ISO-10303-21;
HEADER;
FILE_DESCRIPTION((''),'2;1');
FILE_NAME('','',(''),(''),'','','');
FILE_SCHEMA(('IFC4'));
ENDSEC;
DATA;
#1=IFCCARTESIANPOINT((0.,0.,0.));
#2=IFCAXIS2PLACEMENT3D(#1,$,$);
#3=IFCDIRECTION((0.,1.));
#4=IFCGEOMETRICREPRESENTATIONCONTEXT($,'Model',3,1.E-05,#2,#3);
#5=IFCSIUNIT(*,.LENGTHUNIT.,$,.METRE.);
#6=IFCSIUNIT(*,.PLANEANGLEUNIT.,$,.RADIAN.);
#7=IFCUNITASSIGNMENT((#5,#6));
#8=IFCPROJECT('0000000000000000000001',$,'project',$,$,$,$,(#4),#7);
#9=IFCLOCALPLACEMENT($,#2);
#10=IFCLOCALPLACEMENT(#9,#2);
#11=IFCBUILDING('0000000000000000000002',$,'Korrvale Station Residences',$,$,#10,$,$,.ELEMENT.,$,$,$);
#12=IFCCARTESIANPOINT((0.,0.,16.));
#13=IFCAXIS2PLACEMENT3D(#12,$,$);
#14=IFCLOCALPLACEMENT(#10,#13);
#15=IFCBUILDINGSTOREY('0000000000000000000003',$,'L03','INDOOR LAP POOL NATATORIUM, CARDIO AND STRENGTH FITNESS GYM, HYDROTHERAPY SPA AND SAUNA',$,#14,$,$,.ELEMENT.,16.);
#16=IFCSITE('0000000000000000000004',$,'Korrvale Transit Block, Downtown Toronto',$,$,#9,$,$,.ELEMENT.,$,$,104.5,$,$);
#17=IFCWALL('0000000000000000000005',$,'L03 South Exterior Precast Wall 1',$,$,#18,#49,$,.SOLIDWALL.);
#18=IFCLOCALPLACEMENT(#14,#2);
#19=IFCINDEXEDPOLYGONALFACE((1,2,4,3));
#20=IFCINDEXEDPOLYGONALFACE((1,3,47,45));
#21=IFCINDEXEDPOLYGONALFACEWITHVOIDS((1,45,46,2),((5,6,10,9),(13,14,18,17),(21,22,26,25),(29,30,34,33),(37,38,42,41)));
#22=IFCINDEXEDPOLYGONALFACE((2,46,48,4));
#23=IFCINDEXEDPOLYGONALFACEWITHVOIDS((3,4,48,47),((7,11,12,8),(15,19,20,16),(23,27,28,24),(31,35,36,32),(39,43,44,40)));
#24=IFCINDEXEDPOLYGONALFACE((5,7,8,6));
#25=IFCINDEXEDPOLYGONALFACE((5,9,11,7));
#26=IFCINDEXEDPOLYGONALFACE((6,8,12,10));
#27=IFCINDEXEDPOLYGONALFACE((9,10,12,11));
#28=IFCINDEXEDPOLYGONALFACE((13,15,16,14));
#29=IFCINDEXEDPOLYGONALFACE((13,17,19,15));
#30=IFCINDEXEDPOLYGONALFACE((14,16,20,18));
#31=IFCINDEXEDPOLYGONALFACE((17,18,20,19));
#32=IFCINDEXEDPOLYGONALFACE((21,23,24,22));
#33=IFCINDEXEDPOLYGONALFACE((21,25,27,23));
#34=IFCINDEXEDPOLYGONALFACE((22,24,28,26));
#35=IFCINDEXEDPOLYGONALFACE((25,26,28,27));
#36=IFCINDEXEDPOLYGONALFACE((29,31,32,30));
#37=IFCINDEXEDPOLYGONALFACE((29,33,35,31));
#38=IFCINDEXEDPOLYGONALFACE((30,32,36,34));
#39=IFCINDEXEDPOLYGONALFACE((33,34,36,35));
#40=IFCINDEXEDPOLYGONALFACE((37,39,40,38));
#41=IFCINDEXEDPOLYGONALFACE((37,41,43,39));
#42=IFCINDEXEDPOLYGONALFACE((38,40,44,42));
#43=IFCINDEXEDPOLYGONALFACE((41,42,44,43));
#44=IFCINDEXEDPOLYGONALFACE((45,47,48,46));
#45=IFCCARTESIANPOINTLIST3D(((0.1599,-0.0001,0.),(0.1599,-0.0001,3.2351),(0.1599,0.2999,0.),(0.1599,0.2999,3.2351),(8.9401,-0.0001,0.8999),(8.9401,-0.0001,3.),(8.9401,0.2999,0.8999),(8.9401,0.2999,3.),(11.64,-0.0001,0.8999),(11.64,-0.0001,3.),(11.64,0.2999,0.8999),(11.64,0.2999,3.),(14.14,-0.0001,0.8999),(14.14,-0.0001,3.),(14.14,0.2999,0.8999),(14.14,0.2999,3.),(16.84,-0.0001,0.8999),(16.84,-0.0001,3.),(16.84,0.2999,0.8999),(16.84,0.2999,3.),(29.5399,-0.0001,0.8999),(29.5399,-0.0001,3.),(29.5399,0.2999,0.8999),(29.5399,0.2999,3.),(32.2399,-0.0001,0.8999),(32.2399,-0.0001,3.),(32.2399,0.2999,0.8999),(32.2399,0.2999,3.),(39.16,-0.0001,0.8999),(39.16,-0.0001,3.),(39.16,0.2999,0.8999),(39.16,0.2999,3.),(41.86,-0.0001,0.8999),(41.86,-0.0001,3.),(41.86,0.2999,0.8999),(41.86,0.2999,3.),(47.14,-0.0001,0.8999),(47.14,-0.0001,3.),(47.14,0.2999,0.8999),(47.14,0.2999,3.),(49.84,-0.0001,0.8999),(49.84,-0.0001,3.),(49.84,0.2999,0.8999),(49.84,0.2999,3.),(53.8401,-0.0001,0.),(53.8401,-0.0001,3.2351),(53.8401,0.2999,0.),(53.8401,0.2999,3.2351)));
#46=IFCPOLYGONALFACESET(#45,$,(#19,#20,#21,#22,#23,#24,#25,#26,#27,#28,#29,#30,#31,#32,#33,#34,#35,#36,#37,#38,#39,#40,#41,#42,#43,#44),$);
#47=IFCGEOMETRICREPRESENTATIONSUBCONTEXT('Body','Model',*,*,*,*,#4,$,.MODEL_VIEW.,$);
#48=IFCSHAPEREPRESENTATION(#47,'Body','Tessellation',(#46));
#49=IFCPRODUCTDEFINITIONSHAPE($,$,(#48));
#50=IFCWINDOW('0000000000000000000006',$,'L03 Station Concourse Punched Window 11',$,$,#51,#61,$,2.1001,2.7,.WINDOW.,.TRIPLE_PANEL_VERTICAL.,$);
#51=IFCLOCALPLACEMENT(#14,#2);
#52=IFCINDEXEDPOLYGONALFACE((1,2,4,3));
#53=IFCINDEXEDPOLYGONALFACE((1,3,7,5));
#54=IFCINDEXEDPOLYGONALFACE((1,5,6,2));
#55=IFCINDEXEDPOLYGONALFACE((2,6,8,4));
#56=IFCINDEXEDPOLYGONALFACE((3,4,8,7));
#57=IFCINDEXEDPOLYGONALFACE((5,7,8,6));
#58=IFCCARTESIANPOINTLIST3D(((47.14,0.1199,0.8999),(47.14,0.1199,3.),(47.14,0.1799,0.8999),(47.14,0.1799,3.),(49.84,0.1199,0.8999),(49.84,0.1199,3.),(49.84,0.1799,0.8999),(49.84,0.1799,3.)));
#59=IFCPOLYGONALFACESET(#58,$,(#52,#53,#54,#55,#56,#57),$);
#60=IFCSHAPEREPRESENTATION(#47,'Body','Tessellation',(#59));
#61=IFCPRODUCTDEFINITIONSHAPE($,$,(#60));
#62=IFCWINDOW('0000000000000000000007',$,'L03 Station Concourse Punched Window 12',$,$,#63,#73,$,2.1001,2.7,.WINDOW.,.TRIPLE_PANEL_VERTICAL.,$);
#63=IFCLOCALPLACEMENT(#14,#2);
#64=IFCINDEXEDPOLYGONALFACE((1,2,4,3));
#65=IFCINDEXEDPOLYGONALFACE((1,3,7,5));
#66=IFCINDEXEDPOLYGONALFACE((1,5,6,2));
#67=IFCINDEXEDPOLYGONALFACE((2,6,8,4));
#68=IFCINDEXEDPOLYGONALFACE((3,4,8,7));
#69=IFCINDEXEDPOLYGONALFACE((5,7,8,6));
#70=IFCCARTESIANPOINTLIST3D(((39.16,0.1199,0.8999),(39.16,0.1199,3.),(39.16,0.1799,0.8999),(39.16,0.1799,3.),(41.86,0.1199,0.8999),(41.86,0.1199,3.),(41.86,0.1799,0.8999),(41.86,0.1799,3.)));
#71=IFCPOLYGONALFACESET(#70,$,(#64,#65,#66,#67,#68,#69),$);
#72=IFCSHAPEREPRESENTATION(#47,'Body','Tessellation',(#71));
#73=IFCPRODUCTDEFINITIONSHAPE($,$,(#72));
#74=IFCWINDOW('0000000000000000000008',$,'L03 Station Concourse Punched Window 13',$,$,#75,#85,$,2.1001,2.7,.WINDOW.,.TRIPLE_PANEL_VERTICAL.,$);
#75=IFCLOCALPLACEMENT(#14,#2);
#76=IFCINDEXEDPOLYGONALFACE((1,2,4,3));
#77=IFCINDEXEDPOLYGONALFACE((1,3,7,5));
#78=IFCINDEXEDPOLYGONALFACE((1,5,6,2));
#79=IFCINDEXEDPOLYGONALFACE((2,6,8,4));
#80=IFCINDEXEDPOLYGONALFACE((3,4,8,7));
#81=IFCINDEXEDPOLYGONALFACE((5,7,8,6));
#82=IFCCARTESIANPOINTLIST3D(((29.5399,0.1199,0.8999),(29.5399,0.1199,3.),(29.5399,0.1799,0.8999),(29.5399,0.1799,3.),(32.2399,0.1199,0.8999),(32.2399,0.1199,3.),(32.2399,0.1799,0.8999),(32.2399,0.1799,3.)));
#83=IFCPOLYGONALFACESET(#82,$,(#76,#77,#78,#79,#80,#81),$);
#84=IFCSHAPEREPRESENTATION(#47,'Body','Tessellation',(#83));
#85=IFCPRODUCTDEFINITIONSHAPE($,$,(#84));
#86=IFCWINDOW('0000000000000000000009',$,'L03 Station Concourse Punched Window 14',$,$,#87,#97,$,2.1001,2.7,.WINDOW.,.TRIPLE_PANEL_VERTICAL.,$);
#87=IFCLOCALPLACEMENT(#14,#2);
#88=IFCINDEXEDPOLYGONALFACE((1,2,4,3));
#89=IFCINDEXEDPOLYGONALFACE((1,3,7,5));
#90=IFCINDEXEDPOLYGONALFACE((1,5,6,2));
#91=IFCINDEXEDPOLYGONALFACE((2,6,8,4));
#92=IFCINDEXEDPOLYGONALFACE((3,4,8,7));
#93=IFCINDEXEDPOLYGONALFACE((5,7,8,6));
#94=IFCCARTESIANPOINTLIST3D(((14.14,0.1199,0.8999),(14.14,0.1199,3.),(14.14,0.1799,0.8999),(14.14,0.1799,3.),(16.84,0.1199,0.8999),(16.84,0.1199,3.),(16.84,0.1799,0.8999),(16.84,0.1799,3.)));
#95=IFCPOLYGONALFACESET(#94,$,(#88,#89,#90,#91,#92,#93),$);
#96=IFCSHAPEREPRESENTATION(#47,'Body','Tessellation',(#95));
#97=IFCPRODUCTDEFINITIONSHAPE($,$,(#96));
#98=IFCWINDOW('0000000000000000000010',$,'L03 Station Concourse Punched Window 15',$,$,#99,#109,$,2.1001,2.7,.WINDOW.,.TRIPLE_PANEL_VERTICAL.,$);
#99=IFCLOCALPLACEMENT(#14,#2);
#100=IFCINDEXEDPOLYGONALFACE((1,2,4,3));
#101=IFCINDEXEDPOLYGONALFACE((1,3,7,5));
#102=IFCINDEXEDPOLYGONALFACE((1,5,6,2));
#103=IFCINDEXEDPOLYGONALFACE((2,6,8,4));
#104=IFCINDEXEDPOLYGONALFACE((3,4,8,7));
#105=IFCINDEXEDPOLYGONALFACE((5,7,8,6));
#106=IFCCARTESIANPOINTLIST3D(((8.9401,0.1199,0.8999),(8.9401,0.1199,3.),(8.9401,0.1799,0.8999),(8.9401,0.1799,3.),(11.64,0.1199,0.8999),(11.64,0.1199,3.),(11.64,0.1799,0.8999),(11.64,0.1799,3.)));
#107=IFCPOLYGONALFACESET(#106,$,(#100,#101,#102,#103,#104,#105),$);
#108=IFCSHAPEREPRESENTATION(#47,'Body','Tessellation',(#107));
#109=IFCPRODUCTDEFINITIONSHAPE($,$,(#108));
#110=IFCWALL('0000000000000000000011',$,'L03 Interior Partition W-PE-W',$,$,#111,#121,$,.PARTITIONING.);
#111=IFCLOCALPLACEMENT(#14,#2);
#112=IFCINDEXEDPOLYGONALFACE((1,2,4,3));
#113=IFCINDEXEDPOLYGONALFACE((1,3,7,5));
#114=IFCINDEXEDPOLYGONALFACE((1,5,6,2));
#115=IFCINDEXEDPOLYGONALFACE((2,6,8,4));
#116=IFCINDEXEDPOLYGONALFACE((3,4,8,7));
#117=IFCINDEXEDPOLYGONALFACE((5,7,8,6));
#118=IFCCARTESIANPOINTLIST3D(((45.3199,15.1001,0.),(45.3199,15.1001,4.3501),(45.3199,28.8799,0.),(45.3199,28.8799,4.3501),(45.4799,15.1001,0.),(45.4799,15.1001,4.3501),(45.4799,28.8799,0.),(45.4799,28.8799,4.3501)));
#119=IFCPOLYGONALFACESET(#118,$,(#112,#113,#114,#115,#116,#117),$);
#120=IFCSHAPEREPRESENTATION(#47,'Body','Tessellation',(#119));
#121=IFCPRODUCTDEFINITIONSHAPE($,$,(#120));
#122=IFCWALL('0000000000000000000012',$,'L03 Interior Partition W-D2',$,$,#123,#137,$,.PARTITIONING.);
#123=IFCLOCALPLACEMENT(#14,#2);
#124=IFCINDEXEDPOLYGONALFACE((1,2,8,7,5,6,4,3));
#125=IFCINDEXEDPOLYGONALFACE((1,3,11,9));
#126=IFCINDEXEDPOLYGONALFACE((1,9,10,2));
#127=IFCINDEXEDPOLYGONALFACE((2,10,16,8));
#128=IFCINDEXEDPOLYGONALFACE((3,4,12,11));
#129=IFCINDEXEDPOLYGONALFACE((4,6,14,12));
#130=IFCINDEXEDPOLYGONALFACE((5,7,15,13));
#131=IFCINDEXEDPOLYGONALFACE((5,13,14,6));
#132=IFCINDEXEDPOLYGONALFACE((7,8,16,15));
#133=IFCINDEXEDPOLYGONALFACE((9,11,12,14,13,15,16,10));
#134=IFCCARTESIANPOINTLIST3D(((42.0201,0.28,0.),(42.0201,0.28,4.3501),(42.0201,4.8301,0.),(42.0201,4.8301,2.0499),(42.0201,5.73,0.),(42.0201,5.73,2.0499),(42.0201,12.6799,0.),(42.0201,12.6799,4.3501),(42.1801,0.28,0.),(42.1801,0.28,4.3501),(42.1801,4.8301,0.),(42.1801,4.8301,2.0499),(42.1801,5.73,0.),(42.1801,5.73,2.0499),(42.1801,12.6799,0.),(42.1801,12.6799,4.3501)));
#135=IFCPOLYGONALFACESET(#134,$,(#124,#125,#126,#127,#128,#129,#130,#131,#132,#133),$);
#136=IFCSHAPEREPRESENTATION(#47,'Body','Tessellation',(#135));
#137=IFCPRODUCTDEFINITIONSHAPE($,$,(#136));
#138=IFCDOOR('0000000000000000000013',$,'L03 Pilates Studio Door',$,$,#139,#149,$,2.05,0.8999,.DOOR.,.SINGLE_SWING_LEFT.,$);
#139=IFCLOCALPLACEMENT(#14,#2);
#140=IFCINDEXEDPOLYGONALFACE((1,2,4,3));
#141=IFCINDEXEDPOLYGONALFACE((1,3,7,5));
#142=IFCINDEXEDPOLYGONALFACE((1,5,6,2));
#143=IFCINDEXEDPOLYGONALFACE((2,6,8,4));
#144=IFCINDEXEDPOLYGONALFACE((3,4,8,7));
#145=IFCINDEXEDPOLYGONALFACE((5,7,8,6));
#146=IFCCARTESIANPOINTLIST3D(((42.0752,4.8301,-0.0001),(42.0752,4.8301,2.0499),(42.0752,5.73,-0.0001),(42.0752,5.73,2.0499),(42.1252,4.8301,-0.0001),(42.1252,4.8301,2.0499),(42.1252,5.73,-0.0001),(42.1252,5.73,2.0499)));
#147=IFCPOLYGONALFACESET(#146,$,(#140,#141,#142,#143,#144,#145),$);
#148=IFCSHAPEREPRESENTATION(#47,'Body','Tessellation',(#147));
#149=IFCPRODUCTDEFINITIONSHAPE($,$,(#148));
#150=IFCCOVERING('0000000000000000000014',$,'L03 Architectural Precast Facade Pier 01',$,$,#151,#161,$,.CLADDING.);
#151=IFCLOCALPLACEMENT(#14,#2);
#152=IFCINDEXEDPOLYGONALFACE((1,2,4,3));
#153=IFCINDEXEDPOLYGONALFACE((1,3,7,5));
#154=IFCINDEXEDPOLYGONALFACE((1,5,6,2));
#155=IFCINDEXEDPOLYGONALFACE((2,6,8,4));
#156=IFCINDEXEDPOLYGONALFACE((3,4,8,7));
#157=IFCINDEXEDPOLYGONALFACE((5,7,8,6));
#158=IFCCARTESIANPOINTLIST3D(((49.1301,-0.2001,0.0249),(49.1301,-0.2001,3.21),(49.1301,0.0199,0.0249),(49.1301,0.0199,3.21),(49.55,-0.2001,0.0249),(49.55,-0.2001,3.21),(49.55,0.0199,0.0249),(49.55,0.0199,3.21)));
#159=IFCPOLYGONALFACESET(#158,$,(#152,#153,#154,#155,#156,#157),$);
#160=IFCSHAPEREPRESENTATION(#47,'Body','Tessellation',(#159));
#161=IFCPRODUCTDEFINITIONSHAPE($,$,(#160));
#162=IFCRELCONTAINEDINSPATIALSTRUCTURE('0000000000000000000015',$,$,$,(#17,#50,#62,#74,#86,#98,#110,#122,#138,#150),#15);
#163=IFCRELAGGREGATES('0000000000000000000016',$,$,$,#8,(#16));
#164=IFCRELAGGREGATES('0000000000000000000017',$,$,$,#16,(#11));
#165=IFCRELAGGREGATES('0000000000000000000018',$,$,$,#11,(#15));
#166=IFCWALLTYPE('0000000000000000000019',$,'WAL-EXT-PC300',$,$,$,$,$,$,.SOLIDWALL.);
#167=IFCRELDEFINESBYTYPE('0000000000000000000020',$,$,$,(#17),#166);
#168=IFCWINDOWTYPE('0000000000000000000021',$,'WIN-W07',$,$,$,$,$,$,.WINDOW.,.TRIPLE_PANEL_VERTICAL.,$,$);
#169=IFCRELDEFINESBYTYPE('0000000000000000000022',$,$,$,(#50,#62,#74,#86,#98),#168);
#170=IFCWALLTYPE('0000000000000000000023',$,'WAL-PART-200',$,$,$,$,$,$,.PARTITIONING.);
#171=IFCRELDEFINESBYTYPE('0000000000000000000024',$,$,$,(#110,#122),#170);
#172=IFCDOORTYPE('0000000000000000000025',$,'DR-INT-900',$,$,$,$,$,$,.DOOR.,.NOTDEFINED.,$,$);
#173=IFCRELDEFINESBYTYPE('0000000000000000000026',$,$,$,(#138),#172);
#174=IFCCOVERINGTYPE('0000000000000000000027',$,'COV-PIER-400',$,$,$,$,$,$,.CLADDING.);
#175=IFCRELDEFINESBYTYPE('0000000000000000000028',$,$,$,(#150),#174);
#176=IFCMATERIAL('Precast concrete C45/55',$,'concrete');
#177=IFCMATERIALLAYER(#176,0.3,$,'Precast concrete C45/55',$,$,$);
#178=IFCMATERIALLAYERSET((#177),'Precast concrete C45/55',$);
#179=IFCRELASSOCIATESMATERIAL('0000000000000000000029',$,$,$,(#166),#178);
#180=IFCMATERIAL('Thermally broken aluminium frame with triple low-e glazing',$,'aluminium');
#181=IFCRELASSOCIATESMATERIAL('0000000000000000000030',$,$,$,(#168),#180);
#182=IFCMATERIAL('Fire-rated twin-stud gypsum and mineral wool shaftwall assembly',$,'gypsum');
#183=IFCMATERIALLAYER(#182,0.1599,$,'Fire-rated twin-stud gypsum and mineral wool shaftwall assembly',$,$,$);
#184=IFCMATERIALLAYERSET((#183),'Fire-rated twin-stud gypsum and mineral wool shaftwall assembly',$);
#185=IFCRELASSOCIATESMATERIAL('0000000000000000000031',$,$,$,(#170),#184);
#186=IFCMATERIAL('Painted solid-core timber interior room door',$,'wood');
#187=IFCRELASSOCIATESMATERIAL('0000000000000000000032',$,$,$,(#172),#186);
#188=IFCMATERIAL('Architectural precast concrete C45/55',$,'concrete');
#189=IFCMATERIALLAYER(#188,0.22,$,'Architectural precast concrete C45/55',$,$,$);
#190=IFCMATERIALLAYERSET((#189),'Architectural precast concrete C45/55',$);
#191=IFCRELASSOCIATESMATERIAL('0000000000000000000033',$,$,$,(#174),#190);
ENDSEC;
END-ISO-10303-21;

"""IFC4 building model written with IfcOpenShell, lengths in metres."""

from ifc_helpers import new_model, si_unit, direction, frame, frame_2d, origin, origin_2d, place, context, subcontext, project, spatial, rectangle, extrude, material, layer, layer_set, type_object, element, fill, save


model = new_model("IFC4")

# Units and contexts
model_context = context("Model", 3, precision=1e-05, world=origin(), true_north=direction((0.0, 1.0)))
body_context = subcontext(model_context, "Body", "Model", "MODEL_VIEW")
ifc_project = project(units=[si_unit("LENGTHUNIT", "METRE"), si_unit("PLANEANGLEUNIT", "RADIAN")], contexts=[model_context])

# Site, building, storey
site_placement = place(None, origin())
site = spatial("IfcSite", under=ifc_project, at=site_placement, Name="Korrvale Transit Block, Downtown Toronto", CompositionType="ELEMENT", RefElevation=104.5)
building_placement = place(site_placement, origin())
building = spatial("IfcBuilding", under=site, at=building_placement, Name="Korrvale Station Residences", CompositionType="ELEMENT")
storey_placement = place(building_placement, frame((0.0, 0.0, 16.0)))
storey = spatial("IfcBuildingStorey", under=building, at=storey_placement, Name="L03", Description="INDOOR LAP POOL NATATORIUM, CARDIO AND STRENGTH FITNESS GYM, HYDROTHERAPY SPA AND SAUNA", CompositionType="ELEMENT", Elevation=16.0)

# Wall, openings, windows
ifc_material_1 = material(Name="Precast concrete C45/55", Category="concrete")
ifc_layer_1 = layer(ifc_material_1, 0.3, Name="Precast concrete C45/55")
ifc_layer_set_1 = layer_set([ifc_layer_1], Name="Precast concrete C45/55")
wall_type_1 = type_object("IfcWallType", Name="WAL-EXT-PC300", PredefinedType="SOLIDWALL", material=ifc_layer_set_1)
wall_1_placement = place(storey_placement, frame((53.8401, 0.1499, 0.0), z_axis=(0.0, 0.0, 1.0), x_axis=(-1.0, 0.0, 0.0)))
wall_1 = element("IfcWall", 1, at=wall_1_placement, inside=storey, type_object=wall_type_1, Name="L03 South Exterior Precast Wall 1", PredefinedType="SOLIDWALL", context=body_context, shape_type="SweptSolid", body=[
    extrude(rectangle(XDim=53.6802, YDim=0.3, at=frame_2d((26.8401, 0.0))), origin(), (0.0, 0.0, 1.0), 3.2351),
])
opening_1_placement = place(wall_1_placement, frame((4.0, 0.0, 0.8999)))
opening_1 = element("IfcOpeningElement", 2, at=opening_1_placement, cuts=wall_1, PredefinedType="OPENING", context=body_context, shape_type="SweptSolid", body=[
    extrude(rectangle(XDim=2.7, YDim=2.1001, at=frame_2d((1.3501, 1.05))), frame((0.0, 0.1602, 0.0), z_axis=(0.0, -1.0, 0.0), x_axis=(1.0, 0.0, 0.0)), (0.0, 0.0, 1.0), 0.3201),
])
opening_2_placement = place(wall_1_placement, frame((11.98, 0.0, 0.8999)))
opening_2 = element("IfcOpeningElement", 3, at=opening_2_placement, cuts=wall_1, PredefinedType="OPENING", context=body_context, shape_type="SweptSolid", body=[
    extrude(rectangle(XDim=2.7, YDim=2.1001, at=frame_2d((1.3501, 1.05))), frame((0.0, 0.1602, 0.0), z_axis=(0.0, -1.0, 0.0), x_axis=(1.0, 0.0, 0.0)), (0.0, 0.0, 1.0), 0.3201),
])
opening_3_placement = place(wall_1_placement, frame((21.6001, 0.0, 0.8999)))
opening_3 = element("IfcOpeningElement", 4, at=opening_3_placement, cuts=wall_1, PredefinedType="OPENING", context=body_context, shape_type="SweptSolid", body=[
    extrude(rectangle(XDim=2.7, YDim=2.1001, at=frame_2d((1.3501, 1.05))), frame((0.0, 0.1602, 0.0), z_axis=(0.0, -1.0, 0.0), x_axis=(1.0, 0.0, 0.0)), (0.0, 0.0, 1.0), 0.3201),
])
opening_4_placement = place(wall_1_placement, frame((37.0, 0.0, 0.8999)))
opening_4 = element("IfcOpeningElement", 5, at=opening_4_placement, cuts=wall_1, PredefinedType="OPENING", context=body_context, shape_type="SweptSolid", body=[
    extrude(rectangle(XDim=2.7, YDim=2.1001, at=frame_2d((1.3501, 1.05))), frame((0.0, 0.1602, 0.0), z_axis=(0.0, -1.0, 0.0), x_axis=(1.0, 0.0, 0.0)), (0.0, 0.0, 1.0), 0.3201),
])
opening_5_placement = place(wall_1_placement, frame((42.2, 0.0, 0.8999)))
opening_5 = element("IfcOpeningElement", 6, at=opening_5_placement, cuts=wall_1, PredefinedType="OPENING", context=body_context, shape_type="SweptSolid", body=[
    extrude(rectangle(XDim=2.7, YDim=2.1001, at=frame_2d((1.3501, 1.05))), frame((0.0, 0.1602, 0.0), z_axis=(0.0, -1.0, 0.0), x_axis=(1.0, 0.0, 0.0)), (0.0, 0.0, 1.0), 0.3201),
])
ifc_material_2 = material(Name="Thermally broken aluminium frame with triple low-e glazing", Category="aluminium")
window_type = type_object("IfcWindowType", Name="WIN-W07", PartitioningType="TRIPLE_PANEL_VERTICAL", PredefinedType="WINDOW", material=ifc_material_2)
window_1_placement = place(opening_1_placement, origin())
window_1 = element("IfcWindow", 7, at=window_1_placement, inside=storey, type_object=window_type, Name="L03 Station Concourse Punched Window 11", OverallHeight=2.1001, OverallWidth=2.7, PartitioningType="TRIPLE_PANEL_VERTICAL", PredefinedType="WINDOW", context=body_context, shape_type="SweptSolid", body=[
    extrude(rectangle(XDim=2.7, YDim=2.1001, at=frame_2d((1.3501, 1.05))), frame((0.0, 0.03, 0.0), z_axis=(0.0, -1.0, 0.0), x_axis=(1.0, 0.0, 0.0)), (0.0, 0.0, 1.0), 0.0601),
])
fill(opening_1, window_1)
window_2_placement = place(opening_2_placement, origin())
window_2 = element("IfcWindow", 8, at=window_2_placement, inside=storey, type_object=window_type, Name="L03 Station Concourse Punched Window 12", OverallHeight=2.1001, OverallWidth=2.7, PartitioningType="TRIPLE_PANEL_VERTICAL", PredefinedType="WINDOW", context=body_context, shape_type="SweptSolid", body=[
    extrude(rectangle(XDim=2.7, YDim=2.1001, at=frame_2d((1.3501, 1.05))), frame((0.0, 0.03, 0.0), z_axis=(0.0, -1.0, 0.0), x_axis=(1.0, 0.0, 0.0)), (0.0, 0.0, 1.0), 0.0601),
])
fill(opening_2, window_2)
window_3_placement = place(opening_3_placement, origin())
window_3 = element("IfcWindow", 9, at=window_3_placement, inside=storey, type_object=window_type, Name="L03 Station Concourse Punched Window 13", OverallHeight=2.1001, OverallWidth=2.7, PartitioningType="TRIPLE_PANEL_VERTICAL", PredefinedType="WINDOW", context=body_context, shape_type="SweptSolid", body=[
    extrude(rectangle(XDim=2.7, YDim=2.1001, at=frame_2d((1.3501, 1.05))), frame((0.0, 0.03, 0.0), z_axis=(0.0, -1.0, 0.0), x_axis=(1.0, 0.0, 0.0)), (0.0, 0.0, 1.0), 0.0601),
])
fill(opening_3, window_3)
window_4_placement = place(opening_4_placement, origin())
window_4 = element("IfcWindow", 10, at=window_4_placement, inside=storey, type_object=window_type, Name="L03 Station Concourse Punched Window 14", OverallHeight=2.1001, OverallWidth=2.7, PartitioningType="TRIPLE_PANEL_VERTICAL", PredefinedType="WINDOW", context=body_context, shape_type="SweptSolid", body=[
    extrude(rectangle(XDim=2.7, YDim=2.1001, at=frame_2d((1.3501, 1.05))), frame((0.0, 0.03, 0.0), z_axis=(0.0, -1.0, 0.0), x_axis=(1.0, 0.0, 0.0)), (0.0, 0.0, 1.0), 0.0601),
])
fill(opening_4, window_4)
window_5_placement = place(opening_5_placement, origin())
window_5 = element("IfcWindow", 11, at=window_5_placement, inside=storey, type_object=window_type, Name="L03 Station Concourse Punched Window 15", OverallHeight=2.1001, OverallWidth=2.7, PartitioningType="TRIPLE_PANEL_VERTICAL", PredefinedType="WINDOW", context=body_context, shape_type="SweptSolid", body=[
    extrude(rectangle(XDim=2.7, YDim=2.1001, at=frame_2d((1.3501, 1.05))), frame((0.0, 0.03, 0.0), z_axis=(0.0, -1.0, 0.0), x_axis=(1.0, 0.0, 0.0)), (0.0, 0.0, 1.0), 0.0601),
])
fill(opening_5, window_5)

# Wall
ifc_material_3 = material(Name="Fire-rated twin-stud gypsum and mineral wool shaftwall assembly", Category="gypsum")
ifc_layer_2 = layer(ifc_material_3, 0.1599, Name="Fire-rated twin-stud gypsum and mineral wool shaftwall assembly")
ifc_layer_set_2 = layer_set([ifc_layer_2], Name="Fire-rated twin-stud gypsum and mineral wool shaftwall assembly")
wall_type_2 = type_object("IfcWallType", Name="WAL-PART-200", PredefinedType="PARTITIONING", material=ifc_layer_set_2)
wall_2_placement = place(storey_placement, frame((45.3999, 15.1001, 0.0), z_axis=(0.0, 0.0, 1.0), x_axis=(0.0, 1.0, 0.0)))
element("IfcWall", 12, at=wall_2_placement, inside=storey, type_object=wall_type_2, Name="L03 Interior Partition W-PE-W", PredefinedType="PARTITIONING", context=body_context, shape_type="SweptSolid", body=[
    extrude(rectangle(XDim=13.7798, YDim=0.1599, at=frame_2d((6.8899, 0.0))), origin(), (0.0, 0.0, 1.0), 4.3501),
])

# Wall, opening, door
wall_3_placement = place(storey_placement, frame((42.1001, 0.28, 0.0), z_axis=(0.0, 0.0, 1.0), x_axis=(0.0, 1.0, 0.0)))
wall_3 = element("IfcWall", 13, at=wall_3_placement, inside=storey, type_object=wall_type_2, Name="L03 Interior Partition W-D2", PredefinedType="PARTITIONING", context=body_context, shape_type="SweptSolid", body=[
    extrude(rectangle(XDim=12.3999, YDim=0.1599, at=frame_2d((6.2, 0.0))), origin(), (0.0, 0.0, 1.0), 4.3501),
])
opening_6_placement = place(wall_3_placement, frame((4.55, 0.0, 0.0)))
opening_6 = element("IfcOpeningElement", 14, at=opening_6_placement, cuts=wall_3, PredefinedType="OPENING", context=body_context, shape_type="SweptSolid", body=[
    extrude(rectangle(XDim=0.8999, YDim=2.05, at=frame_2d((0.45, 1.0249))), frame((0.0, 0.0898, 0.0), z_axis=(0.0, -1.0, 0.0), x_axis=(1.0, 0.0, 0.0)), (0.0, 0.0, 1.0), 0.1799),
])
ifc_material_4 = material(Name="Painted solid-core timber interior room door", Category="wood")
door_type = type_object("IfcDoorType", Name="DR-INT-900", OperationType="NOTDEFINED", PredefinedType="DOOR", material=ifc_material_4)
door_placement = place(opening_6_placement, origin())
door = element("IfcDoor", 15, at=door_placement, inside=storey, type_object=door_type, Name="L03 Pilates Studio Door", OperationType="SINGLE_SWING_LEFT", OverallHeight=2.05, OverallWidth=0.8999, PredefinedType="DOOR", context=body_context, shape_type="SweptSolid", body=[
    extrude(rectangle(XDim=0.8999, YDim=2.05, at=frame_2d((0.45, 1.0249))), frame((0.0, 0.0249, 0.0), z_axis=(0.0, -1.0, 0.0), x_axis=(1.0, 0.0, 0.0)), (0.0, 0.0, 1.0), 0.05),
])
fill(opening_6, door)

# Covering
ifc_material_5 = material(Name="Architectural precast concrete C45/55", Category="concrete")
ifc_layer_3 = layer(ifc_material_5, 0.22, Name="Architectural precast concrete C45/55")
ifc_layer_set_3 = layer_set([ifc_layer_3], Name="Architectural precast concrete C45/55")
covering_type = type_object("IfcCoveringType", Name="COV-PIER-400", PredefinedType="CLADDING", material=ifc_layer_set_3)
for number, where, z_axis, x_axis, name in (
    (16, (49.3401, -0.0901, 0.0249), (0.0, 0.0, 1.0), (1.0, 0.0, 0.0), "L03 Architectural Precast Facade Pier 01"),
):
    element("IfcCovering", number, at=place(storey_placement, frame(where, z_axis=z_axis, x_axis=x_axis)), inside=storey, type_object=covering_type, Name=name, PredefinedType="CLADDING", context=body_context, shape_type="SweptSolid", body=[
        extrude(rectangle(XDim=0.4199, YDim=0.22, at=origin_2d()), origin(), (0.0, 0.0, 1.0), 3.1851),
    ])

save(model, "model.ifc")
